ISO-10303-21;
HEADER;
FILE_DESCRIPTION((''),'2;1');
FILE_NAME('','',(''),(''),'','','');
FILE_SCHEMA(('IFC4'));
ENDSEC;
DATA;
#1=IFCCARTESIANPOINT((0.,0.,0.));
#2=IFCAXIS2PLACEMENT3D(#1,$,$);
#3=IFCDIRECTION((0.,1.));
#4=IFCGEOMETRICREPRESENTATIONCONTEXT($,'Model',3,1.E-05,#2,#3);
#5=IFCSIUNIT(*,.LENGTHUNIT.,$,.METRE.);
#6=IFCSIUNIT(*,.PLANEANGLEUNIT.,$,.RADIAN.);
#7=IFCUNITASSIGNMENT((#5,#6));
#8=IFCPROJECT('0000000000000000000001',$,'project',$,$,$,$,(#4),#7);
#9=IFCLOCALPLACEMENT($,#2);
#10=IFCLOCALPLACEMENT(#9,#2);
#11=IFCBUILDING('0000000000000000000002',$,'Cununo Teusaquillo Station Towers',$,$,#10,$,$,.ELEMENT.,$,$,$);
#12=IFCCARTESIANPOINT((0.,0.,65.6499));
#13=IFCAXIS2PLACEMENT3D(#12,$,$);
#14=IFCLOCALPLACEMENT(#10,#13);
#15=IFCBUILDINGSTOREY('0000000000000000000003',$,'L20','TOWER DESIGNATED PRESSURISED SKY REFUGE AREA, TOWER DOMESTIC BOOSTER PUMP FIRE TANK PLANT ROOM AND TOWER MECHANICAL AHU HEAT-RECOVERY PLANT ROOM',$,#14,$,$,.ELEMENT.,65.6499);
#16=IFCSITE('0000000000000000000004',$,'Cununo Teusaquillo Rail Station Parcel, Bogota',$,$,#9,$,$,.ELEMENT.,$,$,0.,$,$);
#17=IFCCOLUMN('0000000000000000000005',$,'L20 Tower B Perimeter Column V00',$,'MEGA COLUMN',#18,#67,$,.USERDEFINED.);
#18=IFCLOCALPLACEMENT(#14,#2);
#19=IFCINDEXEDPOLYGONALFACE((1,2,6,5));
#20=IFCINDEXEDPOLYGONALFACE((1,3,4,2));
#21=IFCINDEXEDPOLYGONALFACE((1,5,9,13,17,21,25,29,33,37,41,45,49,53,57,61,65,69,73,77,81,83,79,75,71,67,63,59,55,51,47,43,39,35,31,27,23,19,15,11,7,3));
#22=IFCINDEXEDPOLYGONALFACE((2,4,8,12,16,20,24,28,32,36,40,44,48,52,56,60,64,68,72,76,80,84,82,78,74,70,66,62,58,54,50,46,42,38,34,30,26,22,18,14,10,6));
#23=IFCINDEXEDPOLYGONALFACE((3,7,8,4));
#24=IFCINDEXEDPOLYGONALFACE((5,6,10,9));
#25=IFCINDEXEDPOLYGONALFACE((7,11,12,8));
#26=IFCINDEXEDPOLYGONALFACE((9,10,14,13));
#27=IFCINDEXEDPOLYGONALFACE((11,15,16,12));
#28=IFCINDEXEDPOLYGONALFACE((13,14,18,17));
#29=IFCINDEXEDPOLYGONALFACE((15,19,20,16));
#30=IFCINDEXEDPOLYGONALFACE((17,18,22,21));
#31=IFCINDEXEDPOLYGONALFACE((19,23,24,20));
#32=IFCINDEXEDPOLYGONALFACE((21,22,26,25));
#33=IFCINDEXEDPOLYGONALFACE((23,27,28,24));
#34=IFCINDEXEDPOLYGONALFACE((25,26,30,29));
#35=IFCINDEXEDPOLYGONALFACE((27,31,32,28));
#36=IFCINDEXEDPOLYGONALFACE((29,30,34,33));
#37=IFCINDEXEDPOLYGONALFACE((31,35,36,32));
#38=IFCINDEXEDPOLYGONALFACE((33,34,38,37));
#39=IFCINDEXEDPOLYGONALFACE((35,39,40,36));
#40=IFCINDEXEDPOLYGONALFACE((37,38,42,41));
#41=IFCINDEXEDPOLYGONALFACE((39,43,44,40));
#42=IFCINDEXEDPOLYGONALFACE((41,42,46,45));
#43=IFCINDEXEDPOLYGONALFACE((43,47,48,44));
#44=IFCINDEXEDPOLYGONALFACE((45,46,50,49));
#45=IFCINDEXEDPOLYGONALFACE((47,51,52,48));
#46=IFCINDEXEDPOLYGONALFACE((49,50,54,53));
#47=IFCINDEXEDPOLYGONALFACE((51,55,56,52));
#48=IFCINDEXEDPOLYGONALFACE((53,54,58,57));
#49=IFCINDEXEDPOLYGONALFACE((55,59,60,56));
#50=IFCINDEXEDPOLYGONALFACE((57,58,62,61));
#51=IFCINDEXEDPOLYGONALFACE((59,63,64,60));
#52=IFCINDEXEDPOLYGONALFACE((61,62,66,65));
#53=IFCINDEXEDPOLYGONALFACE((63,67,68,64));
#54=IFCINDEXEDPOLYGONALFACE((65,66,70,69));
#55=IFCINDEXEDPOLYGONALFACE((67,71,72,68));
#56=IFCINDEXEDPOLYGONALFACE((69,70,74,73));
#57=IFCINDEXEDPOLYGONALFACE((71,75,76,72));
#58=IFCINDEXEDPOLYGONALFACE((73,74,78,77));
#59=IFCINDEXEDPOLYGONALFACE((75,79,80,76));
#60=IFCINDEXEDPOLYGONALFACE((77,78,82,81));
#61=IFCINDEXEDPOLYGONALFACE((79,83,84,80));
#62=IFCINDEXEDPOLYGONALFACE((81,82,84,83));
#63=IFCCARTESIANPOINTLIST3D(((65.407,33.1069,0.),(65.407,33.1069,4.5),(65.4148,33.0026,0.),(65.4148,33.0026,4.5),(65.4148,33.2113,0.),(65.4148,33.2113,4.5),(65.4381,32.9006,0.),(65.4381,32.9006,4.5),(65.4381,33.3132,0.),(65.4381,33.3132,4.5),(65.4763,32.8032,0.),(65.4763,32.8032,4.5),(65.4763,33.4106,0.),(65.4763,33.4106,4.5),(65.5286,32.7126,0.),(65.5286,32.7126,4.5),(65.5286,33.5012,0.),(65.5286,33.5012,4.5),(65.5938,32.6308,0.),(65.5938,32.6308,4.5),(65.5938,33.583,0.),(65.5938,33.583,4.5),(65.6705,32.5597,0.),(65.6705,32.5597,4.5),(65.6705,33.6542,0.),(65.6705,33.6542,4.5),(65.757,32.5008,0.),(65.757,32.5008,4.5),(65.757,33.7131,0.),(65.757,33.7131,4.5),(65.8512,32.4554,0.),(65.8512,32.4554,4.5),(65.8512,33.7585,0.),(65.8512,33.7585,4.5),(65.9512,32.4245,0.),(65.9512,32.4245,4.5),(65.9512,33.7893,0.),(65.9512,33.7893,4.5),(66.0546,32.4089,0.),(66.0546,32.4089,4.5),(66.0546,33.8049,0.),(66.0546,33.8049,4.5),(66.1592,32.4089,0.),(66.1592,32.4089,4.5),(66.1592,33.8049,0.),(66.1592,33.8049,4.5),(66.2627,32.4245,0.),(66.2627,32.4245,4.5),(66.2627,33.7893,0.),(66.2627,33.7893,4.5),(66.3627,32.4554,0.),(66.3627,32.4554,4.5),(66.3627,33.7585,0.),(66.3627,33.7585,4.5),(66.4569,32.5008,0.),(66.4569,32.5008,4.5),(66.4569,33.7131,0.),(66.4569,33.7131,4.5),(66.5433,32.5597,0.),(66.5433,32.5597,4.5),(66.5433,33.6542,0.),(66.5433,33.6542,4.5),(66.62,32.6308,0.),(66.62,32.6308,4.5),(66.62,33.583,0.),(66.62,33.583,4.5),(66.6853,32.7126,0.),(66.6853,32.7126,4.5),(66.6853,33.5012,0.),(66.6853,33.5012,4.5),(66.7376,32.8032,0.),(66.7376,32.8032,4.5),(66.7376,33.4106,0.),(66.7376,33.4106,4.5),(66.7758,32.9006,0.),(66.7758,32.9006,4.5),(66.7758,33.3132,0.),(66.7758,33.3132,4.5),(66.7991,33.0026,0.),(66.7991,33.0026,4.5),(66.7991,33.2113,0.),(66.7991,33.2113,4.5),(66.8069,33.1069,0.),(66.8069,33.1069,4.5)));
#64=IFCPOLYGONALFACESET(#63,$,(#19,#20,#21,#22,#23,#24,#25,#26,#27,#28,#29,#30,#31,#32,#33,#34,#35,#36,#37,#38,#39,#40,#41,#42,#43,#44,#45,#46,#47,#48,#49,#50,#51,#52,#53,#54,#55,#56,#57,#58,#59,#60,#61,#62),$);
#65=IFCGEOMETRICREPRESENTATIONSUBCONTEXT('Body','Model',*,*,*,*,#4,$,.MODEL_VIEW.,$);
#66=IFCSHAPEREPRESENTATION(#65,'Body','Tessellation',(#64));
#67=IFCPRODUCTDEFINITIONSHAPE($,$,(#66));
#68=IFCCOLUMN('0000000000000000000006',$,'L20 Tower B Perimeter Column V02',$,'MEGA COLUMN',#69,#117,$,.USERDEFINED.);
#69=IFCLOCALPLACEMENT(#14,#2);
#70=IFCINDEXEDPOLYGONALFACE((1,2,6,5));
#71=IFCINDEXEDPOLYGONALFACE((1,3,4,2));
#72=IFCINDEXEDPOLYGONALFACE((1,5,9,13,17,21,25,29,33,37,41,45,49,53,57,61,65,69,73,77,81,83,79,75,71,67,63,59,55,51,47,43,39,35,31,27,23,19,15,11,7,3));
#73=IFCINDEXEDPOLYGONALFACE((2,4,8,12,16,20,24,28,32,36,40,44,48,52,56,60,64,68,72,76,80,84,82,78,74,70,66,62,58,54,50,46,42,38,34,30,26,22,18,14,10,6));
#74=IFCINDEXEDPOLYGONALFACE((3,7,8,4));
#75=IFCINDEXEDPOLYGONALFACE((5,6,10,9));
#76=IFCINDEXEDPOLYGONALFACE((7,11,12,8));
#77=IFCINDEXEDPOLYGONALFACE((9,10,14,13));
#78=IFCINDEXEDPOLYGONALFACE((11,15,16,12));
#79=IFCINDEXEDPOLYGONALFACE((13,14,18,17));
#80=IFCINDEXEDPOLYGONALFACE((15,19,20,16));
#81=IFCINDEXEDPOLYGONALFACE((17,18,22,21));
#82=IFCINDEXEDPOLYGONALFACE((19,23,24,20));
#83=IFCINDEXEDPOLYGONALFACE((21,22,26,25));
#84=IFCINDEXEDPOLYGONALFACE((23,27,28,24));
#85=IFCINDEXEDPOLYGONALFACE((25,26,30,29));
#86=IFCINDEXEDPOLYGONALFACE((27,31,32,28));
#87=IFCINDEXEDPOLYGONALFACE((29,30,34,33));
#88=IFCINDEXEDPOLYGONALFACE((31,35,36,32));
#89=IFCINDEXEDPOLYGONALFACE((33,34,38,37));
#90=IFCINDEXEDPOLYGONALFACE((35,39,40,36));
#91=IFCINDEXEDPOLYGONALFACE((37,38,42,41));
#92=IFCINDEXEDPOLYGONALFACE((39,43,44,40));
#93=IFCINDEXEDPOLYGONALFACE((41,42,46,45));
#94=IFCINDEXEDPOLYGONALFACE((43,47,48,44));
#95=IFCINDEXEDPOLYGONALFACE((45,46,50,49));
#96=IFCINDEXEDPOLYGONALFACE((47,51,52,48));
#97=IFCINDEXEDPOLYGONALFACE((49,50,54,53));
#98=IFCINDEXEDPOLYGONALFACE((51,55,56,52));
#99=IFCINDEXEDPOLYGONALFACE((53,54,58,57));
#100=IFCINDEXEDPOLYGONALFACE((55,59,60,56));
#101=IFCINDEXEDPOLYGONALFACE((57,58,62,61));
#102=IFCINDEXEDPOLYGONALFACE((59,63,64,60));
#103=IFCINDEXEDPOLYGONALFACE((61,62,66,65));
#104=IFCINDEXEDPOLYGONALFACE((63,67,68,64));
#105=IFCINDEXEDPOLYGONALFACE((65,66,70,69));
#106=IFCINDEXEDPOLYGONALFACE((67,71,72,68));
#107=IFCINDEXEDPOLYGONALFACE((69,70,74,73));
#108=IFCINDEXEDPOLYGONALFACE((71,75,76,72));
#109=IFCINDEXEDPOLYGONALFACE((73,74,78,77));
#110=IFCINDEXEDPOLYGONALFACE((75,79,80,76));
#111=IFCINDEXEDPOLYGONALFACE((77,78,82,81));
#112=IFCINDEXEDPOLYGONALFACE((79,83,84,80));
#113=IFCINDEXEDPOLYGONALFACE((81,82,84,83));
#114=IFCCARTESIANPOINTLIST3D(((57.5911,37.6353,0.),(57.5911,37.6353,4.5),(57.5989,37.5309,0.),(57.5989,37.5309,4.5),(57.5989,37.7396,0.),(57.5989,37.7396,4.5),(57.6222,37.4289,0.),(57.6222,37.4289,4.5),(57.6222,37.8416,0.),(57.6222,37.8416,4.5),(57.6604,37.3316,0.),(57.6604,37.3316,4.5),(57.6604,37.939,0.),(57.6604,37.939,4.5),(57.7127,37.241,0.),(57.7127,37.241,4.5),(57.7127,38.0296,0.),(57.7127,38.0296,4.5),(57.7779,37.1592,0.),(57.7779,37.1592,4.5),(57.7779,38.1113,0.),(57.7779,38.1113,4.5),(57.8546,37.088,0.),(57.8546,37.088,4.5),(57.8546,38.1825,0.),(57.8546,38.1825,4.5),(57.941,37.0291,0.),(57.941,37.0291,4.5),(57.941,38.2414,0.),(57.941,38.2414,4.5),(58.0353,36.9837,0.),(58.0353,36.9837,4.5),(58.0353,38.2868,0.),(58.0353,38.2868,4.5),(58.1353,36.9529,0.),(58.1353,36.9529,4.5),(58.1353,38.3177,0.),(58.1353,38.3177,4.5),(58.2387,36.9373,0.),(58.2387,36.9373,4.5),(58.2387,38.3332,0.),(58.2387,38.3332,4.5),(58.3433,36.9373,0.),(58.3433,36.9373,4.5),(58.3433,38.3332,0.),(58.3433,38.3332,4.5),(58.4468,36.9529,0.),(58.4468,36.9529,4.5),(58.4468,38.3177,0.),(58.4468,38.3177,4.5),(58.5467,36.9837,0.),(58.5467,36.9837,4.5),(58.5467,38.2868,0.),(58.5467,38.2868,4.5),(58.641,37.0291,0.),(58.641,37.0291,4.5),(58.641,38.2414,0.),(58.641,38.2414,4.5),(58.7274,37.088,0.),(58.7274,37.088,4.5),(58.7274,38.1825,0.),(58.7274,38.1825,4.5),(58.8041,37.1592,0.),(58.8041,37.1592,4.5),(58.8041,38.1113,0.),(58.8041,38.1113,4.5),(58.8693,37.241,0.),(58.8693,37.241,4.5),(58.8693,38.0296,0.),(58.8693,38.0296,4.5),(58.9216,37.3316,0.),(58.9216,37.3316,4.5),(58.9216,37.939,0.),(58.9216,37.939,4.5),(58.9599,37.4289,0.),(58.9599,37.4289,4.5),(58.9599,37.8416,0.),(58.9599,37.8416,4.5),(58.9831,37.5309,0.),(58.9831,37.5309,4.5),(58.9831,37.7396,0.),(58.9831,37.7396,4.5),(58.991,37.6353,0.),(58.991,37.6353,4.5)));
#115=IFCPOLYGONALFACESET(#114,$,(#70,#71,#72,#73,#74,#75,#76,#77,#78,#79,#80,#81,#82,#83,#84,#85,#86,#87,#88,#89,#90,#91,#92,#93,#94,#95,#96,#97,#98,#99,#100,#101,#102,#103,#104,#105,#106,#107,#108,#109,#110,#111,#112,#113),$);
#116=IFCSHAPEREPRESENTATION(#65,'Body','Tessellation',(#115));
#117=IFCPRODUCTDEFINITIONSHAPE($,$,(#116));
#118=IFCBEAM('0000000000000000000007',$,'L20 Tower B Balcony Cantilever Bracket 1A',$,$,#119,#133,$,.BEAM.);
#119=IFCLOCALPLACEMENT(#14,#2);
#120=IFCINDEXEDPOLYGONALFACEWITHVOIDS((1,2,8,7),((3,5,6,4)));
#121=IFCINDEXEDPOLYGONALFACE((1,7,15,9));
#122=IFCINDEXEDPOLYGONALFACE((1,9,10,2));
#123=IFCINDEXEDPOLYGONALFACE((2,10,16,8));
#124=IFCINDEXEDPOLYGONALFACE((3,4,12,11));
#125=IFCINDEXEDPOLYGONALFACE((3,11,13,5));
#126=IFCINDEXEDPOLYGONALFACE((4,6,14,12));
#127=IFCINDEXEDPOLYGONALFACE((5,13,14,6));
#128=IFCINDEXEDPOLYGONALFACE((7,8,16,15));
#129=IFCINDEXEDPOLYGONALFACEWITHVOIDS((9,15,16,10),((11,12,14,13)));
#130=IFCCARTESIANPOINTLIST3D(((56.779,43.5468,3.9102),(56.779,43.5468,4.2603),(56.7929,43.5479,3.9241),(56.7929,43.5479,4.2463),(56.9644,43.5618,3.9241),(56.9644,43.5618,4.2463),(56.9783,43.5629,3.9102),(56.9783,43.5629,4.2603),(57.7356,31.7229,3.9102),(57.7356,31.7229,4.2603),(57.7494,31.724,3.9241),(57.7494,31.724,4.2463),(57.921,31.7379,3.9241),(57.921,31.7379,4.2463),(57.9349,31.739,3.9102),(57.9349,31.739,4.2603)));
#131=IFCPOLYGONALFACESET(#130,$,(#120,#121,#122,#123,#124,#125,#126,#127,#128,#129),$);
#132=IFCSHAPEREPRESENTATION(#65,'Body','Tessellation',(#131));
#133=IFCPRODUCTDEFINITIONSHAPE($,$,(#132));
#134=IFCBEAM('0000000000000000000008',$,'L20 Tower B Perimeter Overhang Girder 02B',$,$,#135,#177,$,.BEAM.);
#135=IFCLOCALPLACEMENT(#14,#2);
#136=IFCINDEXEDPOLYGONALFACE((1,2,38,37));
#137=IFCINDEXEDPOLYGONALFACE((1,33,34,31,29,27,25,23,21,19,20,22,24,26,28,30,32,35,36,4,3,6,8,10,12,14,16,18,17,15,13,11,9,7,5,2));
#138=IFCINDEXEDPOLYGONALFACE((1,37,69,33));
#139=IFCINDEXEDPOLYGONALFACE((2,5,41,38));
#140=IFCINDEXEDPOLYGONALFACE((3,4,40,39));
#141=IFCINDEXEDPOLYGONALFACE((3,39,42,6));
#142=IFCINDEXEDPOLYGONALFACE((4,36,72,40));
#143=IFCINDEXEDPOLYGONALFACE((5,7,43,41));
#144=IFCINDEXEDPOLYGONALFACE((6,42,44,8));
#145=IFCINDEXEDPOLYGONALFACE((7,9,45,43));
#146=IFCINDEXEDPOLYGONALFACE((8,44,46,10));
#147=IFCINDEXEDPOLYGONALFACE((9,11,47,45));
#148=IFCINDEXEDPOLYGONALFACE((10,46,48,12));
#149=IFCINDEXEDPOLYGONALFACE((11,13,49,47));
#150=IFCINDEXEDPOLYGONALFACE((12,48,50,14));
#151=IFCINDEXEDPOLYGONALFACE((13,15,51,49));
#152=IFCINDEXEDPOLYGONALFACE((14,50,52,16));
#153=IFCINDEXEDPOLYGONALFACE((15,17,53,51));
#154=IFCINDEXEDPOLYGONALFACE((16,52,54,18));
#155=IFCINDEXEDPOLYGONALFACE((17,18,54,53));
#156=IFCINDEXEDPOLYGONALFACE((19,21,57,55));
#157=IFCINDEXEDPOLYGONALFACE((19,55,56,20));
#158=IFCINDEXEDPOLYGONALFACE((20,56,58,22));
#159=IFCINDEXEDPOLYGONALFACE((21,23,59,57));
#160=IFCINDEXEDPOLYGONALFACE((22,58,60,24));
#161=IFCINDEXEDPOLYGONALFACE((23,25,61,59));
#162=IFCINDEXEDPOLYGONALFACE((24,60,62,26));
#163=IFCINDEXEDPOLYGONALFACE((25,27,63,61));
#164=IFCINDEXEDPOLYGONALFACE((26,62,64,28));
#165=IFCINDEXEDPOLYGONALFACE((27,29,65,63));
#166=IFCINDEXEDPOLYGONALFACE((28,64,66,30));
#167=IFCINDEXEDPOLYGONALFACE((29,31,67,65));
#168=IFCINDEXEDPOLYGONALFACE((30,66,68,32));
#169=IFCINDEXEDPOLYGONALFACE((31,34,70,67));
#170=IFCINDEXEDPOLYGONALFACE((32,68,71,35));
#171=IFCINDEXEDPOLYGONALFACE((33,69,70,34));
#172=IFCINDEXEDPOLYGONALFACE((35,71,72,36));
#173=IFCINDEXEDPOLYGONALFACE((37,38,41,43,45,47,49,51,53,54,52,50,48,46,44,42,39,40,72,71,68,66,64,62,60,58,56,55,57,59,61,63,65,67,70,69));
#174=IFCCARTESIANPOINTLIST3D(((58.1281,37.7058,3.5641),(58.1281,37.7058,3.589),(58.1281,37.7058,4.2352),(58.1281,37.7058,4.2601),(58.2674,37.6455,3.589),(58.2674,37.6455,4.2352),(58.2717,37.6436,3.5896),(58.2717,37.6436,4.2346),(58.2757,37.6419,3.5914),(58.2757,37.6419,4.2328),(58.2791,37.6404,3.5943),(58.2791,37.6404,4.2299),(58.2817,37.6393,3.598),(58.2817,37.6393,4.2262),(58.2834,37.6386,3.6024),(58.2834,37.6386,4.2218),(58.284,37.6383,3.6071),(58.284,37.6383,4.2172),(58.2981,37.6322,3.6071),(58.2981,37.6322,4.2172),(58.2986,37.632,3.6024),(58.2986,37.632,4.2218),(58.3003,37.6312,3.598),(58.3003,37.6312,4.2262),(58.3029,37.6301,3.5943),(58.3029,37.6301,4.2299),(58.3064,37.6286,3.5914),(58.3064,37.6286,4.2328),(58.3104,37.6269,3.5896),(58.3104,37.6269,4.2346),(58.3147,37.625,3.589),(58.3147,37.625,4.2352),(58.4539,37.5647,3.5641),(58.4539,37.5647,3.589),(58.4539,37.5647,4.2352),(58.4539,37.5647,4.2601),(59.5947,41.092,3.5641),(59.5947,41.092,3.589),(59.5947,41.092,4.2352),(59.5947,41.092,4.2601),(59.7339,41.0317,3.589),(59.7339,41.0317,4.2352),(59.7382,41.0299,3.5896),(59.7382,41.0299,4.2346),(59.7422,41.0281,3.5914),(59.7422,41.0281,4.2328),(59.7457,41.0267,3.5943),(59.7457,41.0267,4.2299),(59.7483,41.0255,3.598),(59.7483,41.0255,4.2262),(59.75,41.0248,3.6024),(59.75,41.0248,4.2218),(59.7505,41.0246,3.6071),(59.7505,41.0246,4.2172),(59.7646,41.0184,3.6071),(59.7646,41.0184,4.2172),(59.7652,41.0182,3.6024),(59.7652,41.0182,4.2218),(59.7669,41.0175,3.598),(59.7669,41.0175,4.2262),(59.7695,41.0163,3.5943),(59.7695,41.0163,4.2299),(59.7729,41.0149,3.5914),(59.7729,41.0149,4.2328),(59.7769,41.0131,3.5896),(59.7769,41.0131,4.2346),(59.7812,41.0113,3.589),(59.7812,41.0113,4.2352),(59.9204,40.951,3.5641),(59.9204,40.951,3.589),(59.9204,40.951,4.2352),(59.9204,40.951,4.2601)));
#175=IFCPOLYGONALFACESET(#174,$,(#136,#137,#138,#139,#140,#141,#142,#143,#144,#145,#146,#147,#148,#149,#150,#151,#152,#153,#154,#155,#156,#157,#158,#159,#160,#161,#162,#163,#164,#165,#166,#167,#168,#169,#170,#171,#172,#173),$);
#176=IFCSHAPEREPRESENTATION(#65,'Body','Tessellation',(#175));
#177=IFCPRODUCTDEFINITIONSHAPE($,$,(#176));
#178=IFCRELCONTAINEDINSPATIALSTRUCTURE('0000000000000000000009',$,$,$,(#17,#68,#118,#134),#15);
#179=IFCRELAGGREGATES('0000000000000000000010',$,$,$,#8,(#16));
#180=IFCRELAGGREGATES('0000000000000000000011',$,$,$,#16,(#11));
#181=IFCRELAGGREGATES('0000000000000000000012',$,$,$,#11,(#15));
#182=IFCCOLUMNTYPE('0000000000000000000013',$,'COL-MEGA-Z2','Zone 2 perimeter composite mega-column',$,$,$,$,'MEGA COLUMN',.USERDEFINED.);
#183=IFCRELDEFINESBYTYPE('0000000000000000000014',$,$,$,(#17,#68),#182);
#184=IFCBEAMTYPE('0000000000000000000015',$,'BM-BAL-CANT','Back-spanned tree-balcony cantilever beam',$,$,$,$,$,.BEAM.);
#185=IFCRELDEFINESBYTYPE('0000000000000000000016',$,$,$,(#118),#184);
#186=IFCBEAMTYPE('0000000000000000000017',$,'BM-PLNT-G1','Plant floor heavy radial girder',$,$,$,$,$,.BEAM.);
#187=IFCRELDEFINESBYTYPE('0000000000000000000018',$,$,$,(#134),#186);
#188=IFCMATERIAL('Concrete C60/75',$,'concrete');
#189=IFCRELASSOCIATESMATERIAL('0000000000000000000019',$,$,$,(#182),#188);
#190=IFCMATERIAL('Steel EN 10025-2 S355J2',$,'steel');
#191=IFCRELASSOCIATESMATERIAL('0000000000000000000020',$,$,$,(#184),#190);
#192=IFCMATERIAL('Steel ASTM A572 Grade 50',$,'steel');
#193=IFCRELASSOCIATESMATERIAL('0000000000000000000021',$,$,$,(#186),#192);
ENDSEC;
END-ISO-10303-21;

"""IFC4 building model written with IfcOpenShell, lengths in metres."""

from ifc_helpers import new_model, si_unit, direction, frame, origin, origin_2d, place, context, subcontext, project, spatial, hollow_rectangle, circle, i_section, extrude, material, material_profile, profile_set, type_object, element, save


model = new_model("IFC4")

# Units and contexts
model_context = context("Model", 3, precision=1e-05, world=origin(), true_north=direction((0.0, 1.0)))
body_context = subcontext(model_context, "Body", "Model", "MODEL_VIEW")
ifc_project = project(units=[si_unit("LENGTHUNIT", "METRE"), si_unit("PLANEANGLEUNIT", "RADIAN")], contexts=[model_context])

# Site, building, storey
site_placement = place(None, origin())
site = spatial("IfcSite", under=ifc_project, at=site_placement, Name="Cununo Teusaquillo Rail Station Parcel, Bogota", CompositionType="ELEMENT", RefElevation=0.0)
building_placement = place(site_placement, origin())
building = spatial("IfcBuilding", under=site, at=building_placement, Name="Cununo Teusaquillo Station Towers", CompositionType="ELEMENT")
storey_placement = place(building_placement, frame((0.0, 0.0, 65.6499)))
storey = spatial("IfcBuildingStorey", under=building, at=storey_placement, Name="L20", Description="TOWER DESIGNATED PRESSURISED SKY REFUGE AREA, TOWER DOMESTIC BOOSTER PUMP FIRE TANK PLANT ROOM AND TOWER MECHANICAL AHU HEAT-RECOVERY PLANT ROOM", CompositionType="ELEMENT", Elevation=65.6499)

# Columns
ifc_material_1 = material(Name="Concrete C60/75", Category="concrete")
ifc_material_profile_1 = material_profile(ifc_material_1, circle(Radius=0.7, at=origin_2d()), Name="RC-CIRC-1400")
ifc_profile_set_1 = profile_set([ifc_material_profile_1], Name="Concrete C60/75")
column_type = type_object("IfcColumnType", Name="COL-MEGA-Z2", Description="Zone 2 perimeter composite mega-column", ElementType="MEGA COLUMN", PredefinedType="USERDEFINED", material=ifc_profile_set_1)
for number, where, z_axis, x_axis, name in (
    (1, (66.1069, 33.1069, 0.0), (0.0, 0.0, 1.0), (1.0, 0.0, 0.0), "L20 Tower B Perimeter Column V00"),
    (2, (58.291, 37.6353, 0.0), (0.0, 0.0, 1.0), (1.0, 0.0, 0.0), "L20 Tower B Perimeter Column V02"),
):
    element("IfcColumn", number, at=place(storey_placement, frame(where, z_axis=z_axis, x_axis=x_axis)), inside=storey, type_object=column_type, Name=name, ObjectType="MEGA COLUMN", PredefinedType="USERDEFINED", context=body_context, shape_type="SweptSolid", body=[
        extrude(circle(Radius=0.7, at=origin_2d()), origin(), (0.0, 0.0, 1.0), 4.5),
    ])

# Beams
ifc_material_2 = material(Name="Steel EN 10025-2 S355J2", Category="steel")
ifc_material_profile_2 = material_profile(ifc_material_2, hollow_rectangle(XDim=0.2, YDim=0.3501, WallThickness=0.0139, at=origin_2d()), Name="RHS 350x200x14")
ifc_profile_set_2 = profile_set([ifc_material_profile_2], Name="Steel EN 10025-2 S355J2")
beam_type_1 = type_object("IfcBeamType", Name="BM-BAL-CANT", Description="Back-spanned tree-balcony cantilever beam", PredefinedType="BEAM", material=ifc_profile_set_2)
beam_1_placement = place(storey_placement, frame((57.8352, 31.731, 4.0852), z_axis=(-0.080635, 0.996744, 0.0), x_axis=(-0.996744, -0.080635, 0.0)))
element("IfcBeam", 3, at=beam_1_placement, inside=storey, type_object=beam_type_1, Name="L20 Tower B Balcony Cantilever Bracket 1A", PredefinedType="BEAM", context=body_context, shape_type="SweptSolid", body=[
    extrude(hollow_rectangle(XDim=0.2, YDim=0.3501, WallThickness=0.0139, at=origin_2d()), origin(), (0.0, 0.0, 1.0), 11.8625),
])
ifc_material_3 = material(Name="Steel ASTM A572 Grade 50", Category="steel")
ifc_material_profile_3 = material_profile(ifc_material_3, i_section(OverallWidth=0.355, OverallDepth=0.696, WebThickness=0.0154, FlangeThickness=0.0249, FilletRadius=0.0181, at=origin_2d()), Name="W27X146")
ifc_profile_set_3 = profile_set([ifc_material_profile_3], Name="Steel ASTM A572 Grade 50")
beam_type_2 = type_object("IfcBeamType", Name="BM-PLNT-G1", Description="Plant floor heavy radial girder", PredefinedType="BEAM", material=ifc_profile_set_3)
beam_2_placement = place(storey_placement, frame((58.291, 37.6353, 3.9121), z_axis=(0.397422, 0.917636, 0.0), x_axis=(-0.917636, 0.397422, 0.0)))
element("IfcBeam", 4, at=beam_2_placement, inside=storey, type_object=beam_type_2, Name="L20 Tower B Perimeter Overhang Girder 02B", PredefinedType="BEAM", context=body_context, shape_type="SweptSolid", body=[
    extrude(i_section(OverallWidth=0.355, OverallDepth=0.696, WebThickness=0.0154, FlangeThickness=0.0249, FilletRadius=0.0181, at=origin_2d()), origin(), (0.0, 0.0, 1.0), 3.6902),
])

save(model, "model.ifc")
